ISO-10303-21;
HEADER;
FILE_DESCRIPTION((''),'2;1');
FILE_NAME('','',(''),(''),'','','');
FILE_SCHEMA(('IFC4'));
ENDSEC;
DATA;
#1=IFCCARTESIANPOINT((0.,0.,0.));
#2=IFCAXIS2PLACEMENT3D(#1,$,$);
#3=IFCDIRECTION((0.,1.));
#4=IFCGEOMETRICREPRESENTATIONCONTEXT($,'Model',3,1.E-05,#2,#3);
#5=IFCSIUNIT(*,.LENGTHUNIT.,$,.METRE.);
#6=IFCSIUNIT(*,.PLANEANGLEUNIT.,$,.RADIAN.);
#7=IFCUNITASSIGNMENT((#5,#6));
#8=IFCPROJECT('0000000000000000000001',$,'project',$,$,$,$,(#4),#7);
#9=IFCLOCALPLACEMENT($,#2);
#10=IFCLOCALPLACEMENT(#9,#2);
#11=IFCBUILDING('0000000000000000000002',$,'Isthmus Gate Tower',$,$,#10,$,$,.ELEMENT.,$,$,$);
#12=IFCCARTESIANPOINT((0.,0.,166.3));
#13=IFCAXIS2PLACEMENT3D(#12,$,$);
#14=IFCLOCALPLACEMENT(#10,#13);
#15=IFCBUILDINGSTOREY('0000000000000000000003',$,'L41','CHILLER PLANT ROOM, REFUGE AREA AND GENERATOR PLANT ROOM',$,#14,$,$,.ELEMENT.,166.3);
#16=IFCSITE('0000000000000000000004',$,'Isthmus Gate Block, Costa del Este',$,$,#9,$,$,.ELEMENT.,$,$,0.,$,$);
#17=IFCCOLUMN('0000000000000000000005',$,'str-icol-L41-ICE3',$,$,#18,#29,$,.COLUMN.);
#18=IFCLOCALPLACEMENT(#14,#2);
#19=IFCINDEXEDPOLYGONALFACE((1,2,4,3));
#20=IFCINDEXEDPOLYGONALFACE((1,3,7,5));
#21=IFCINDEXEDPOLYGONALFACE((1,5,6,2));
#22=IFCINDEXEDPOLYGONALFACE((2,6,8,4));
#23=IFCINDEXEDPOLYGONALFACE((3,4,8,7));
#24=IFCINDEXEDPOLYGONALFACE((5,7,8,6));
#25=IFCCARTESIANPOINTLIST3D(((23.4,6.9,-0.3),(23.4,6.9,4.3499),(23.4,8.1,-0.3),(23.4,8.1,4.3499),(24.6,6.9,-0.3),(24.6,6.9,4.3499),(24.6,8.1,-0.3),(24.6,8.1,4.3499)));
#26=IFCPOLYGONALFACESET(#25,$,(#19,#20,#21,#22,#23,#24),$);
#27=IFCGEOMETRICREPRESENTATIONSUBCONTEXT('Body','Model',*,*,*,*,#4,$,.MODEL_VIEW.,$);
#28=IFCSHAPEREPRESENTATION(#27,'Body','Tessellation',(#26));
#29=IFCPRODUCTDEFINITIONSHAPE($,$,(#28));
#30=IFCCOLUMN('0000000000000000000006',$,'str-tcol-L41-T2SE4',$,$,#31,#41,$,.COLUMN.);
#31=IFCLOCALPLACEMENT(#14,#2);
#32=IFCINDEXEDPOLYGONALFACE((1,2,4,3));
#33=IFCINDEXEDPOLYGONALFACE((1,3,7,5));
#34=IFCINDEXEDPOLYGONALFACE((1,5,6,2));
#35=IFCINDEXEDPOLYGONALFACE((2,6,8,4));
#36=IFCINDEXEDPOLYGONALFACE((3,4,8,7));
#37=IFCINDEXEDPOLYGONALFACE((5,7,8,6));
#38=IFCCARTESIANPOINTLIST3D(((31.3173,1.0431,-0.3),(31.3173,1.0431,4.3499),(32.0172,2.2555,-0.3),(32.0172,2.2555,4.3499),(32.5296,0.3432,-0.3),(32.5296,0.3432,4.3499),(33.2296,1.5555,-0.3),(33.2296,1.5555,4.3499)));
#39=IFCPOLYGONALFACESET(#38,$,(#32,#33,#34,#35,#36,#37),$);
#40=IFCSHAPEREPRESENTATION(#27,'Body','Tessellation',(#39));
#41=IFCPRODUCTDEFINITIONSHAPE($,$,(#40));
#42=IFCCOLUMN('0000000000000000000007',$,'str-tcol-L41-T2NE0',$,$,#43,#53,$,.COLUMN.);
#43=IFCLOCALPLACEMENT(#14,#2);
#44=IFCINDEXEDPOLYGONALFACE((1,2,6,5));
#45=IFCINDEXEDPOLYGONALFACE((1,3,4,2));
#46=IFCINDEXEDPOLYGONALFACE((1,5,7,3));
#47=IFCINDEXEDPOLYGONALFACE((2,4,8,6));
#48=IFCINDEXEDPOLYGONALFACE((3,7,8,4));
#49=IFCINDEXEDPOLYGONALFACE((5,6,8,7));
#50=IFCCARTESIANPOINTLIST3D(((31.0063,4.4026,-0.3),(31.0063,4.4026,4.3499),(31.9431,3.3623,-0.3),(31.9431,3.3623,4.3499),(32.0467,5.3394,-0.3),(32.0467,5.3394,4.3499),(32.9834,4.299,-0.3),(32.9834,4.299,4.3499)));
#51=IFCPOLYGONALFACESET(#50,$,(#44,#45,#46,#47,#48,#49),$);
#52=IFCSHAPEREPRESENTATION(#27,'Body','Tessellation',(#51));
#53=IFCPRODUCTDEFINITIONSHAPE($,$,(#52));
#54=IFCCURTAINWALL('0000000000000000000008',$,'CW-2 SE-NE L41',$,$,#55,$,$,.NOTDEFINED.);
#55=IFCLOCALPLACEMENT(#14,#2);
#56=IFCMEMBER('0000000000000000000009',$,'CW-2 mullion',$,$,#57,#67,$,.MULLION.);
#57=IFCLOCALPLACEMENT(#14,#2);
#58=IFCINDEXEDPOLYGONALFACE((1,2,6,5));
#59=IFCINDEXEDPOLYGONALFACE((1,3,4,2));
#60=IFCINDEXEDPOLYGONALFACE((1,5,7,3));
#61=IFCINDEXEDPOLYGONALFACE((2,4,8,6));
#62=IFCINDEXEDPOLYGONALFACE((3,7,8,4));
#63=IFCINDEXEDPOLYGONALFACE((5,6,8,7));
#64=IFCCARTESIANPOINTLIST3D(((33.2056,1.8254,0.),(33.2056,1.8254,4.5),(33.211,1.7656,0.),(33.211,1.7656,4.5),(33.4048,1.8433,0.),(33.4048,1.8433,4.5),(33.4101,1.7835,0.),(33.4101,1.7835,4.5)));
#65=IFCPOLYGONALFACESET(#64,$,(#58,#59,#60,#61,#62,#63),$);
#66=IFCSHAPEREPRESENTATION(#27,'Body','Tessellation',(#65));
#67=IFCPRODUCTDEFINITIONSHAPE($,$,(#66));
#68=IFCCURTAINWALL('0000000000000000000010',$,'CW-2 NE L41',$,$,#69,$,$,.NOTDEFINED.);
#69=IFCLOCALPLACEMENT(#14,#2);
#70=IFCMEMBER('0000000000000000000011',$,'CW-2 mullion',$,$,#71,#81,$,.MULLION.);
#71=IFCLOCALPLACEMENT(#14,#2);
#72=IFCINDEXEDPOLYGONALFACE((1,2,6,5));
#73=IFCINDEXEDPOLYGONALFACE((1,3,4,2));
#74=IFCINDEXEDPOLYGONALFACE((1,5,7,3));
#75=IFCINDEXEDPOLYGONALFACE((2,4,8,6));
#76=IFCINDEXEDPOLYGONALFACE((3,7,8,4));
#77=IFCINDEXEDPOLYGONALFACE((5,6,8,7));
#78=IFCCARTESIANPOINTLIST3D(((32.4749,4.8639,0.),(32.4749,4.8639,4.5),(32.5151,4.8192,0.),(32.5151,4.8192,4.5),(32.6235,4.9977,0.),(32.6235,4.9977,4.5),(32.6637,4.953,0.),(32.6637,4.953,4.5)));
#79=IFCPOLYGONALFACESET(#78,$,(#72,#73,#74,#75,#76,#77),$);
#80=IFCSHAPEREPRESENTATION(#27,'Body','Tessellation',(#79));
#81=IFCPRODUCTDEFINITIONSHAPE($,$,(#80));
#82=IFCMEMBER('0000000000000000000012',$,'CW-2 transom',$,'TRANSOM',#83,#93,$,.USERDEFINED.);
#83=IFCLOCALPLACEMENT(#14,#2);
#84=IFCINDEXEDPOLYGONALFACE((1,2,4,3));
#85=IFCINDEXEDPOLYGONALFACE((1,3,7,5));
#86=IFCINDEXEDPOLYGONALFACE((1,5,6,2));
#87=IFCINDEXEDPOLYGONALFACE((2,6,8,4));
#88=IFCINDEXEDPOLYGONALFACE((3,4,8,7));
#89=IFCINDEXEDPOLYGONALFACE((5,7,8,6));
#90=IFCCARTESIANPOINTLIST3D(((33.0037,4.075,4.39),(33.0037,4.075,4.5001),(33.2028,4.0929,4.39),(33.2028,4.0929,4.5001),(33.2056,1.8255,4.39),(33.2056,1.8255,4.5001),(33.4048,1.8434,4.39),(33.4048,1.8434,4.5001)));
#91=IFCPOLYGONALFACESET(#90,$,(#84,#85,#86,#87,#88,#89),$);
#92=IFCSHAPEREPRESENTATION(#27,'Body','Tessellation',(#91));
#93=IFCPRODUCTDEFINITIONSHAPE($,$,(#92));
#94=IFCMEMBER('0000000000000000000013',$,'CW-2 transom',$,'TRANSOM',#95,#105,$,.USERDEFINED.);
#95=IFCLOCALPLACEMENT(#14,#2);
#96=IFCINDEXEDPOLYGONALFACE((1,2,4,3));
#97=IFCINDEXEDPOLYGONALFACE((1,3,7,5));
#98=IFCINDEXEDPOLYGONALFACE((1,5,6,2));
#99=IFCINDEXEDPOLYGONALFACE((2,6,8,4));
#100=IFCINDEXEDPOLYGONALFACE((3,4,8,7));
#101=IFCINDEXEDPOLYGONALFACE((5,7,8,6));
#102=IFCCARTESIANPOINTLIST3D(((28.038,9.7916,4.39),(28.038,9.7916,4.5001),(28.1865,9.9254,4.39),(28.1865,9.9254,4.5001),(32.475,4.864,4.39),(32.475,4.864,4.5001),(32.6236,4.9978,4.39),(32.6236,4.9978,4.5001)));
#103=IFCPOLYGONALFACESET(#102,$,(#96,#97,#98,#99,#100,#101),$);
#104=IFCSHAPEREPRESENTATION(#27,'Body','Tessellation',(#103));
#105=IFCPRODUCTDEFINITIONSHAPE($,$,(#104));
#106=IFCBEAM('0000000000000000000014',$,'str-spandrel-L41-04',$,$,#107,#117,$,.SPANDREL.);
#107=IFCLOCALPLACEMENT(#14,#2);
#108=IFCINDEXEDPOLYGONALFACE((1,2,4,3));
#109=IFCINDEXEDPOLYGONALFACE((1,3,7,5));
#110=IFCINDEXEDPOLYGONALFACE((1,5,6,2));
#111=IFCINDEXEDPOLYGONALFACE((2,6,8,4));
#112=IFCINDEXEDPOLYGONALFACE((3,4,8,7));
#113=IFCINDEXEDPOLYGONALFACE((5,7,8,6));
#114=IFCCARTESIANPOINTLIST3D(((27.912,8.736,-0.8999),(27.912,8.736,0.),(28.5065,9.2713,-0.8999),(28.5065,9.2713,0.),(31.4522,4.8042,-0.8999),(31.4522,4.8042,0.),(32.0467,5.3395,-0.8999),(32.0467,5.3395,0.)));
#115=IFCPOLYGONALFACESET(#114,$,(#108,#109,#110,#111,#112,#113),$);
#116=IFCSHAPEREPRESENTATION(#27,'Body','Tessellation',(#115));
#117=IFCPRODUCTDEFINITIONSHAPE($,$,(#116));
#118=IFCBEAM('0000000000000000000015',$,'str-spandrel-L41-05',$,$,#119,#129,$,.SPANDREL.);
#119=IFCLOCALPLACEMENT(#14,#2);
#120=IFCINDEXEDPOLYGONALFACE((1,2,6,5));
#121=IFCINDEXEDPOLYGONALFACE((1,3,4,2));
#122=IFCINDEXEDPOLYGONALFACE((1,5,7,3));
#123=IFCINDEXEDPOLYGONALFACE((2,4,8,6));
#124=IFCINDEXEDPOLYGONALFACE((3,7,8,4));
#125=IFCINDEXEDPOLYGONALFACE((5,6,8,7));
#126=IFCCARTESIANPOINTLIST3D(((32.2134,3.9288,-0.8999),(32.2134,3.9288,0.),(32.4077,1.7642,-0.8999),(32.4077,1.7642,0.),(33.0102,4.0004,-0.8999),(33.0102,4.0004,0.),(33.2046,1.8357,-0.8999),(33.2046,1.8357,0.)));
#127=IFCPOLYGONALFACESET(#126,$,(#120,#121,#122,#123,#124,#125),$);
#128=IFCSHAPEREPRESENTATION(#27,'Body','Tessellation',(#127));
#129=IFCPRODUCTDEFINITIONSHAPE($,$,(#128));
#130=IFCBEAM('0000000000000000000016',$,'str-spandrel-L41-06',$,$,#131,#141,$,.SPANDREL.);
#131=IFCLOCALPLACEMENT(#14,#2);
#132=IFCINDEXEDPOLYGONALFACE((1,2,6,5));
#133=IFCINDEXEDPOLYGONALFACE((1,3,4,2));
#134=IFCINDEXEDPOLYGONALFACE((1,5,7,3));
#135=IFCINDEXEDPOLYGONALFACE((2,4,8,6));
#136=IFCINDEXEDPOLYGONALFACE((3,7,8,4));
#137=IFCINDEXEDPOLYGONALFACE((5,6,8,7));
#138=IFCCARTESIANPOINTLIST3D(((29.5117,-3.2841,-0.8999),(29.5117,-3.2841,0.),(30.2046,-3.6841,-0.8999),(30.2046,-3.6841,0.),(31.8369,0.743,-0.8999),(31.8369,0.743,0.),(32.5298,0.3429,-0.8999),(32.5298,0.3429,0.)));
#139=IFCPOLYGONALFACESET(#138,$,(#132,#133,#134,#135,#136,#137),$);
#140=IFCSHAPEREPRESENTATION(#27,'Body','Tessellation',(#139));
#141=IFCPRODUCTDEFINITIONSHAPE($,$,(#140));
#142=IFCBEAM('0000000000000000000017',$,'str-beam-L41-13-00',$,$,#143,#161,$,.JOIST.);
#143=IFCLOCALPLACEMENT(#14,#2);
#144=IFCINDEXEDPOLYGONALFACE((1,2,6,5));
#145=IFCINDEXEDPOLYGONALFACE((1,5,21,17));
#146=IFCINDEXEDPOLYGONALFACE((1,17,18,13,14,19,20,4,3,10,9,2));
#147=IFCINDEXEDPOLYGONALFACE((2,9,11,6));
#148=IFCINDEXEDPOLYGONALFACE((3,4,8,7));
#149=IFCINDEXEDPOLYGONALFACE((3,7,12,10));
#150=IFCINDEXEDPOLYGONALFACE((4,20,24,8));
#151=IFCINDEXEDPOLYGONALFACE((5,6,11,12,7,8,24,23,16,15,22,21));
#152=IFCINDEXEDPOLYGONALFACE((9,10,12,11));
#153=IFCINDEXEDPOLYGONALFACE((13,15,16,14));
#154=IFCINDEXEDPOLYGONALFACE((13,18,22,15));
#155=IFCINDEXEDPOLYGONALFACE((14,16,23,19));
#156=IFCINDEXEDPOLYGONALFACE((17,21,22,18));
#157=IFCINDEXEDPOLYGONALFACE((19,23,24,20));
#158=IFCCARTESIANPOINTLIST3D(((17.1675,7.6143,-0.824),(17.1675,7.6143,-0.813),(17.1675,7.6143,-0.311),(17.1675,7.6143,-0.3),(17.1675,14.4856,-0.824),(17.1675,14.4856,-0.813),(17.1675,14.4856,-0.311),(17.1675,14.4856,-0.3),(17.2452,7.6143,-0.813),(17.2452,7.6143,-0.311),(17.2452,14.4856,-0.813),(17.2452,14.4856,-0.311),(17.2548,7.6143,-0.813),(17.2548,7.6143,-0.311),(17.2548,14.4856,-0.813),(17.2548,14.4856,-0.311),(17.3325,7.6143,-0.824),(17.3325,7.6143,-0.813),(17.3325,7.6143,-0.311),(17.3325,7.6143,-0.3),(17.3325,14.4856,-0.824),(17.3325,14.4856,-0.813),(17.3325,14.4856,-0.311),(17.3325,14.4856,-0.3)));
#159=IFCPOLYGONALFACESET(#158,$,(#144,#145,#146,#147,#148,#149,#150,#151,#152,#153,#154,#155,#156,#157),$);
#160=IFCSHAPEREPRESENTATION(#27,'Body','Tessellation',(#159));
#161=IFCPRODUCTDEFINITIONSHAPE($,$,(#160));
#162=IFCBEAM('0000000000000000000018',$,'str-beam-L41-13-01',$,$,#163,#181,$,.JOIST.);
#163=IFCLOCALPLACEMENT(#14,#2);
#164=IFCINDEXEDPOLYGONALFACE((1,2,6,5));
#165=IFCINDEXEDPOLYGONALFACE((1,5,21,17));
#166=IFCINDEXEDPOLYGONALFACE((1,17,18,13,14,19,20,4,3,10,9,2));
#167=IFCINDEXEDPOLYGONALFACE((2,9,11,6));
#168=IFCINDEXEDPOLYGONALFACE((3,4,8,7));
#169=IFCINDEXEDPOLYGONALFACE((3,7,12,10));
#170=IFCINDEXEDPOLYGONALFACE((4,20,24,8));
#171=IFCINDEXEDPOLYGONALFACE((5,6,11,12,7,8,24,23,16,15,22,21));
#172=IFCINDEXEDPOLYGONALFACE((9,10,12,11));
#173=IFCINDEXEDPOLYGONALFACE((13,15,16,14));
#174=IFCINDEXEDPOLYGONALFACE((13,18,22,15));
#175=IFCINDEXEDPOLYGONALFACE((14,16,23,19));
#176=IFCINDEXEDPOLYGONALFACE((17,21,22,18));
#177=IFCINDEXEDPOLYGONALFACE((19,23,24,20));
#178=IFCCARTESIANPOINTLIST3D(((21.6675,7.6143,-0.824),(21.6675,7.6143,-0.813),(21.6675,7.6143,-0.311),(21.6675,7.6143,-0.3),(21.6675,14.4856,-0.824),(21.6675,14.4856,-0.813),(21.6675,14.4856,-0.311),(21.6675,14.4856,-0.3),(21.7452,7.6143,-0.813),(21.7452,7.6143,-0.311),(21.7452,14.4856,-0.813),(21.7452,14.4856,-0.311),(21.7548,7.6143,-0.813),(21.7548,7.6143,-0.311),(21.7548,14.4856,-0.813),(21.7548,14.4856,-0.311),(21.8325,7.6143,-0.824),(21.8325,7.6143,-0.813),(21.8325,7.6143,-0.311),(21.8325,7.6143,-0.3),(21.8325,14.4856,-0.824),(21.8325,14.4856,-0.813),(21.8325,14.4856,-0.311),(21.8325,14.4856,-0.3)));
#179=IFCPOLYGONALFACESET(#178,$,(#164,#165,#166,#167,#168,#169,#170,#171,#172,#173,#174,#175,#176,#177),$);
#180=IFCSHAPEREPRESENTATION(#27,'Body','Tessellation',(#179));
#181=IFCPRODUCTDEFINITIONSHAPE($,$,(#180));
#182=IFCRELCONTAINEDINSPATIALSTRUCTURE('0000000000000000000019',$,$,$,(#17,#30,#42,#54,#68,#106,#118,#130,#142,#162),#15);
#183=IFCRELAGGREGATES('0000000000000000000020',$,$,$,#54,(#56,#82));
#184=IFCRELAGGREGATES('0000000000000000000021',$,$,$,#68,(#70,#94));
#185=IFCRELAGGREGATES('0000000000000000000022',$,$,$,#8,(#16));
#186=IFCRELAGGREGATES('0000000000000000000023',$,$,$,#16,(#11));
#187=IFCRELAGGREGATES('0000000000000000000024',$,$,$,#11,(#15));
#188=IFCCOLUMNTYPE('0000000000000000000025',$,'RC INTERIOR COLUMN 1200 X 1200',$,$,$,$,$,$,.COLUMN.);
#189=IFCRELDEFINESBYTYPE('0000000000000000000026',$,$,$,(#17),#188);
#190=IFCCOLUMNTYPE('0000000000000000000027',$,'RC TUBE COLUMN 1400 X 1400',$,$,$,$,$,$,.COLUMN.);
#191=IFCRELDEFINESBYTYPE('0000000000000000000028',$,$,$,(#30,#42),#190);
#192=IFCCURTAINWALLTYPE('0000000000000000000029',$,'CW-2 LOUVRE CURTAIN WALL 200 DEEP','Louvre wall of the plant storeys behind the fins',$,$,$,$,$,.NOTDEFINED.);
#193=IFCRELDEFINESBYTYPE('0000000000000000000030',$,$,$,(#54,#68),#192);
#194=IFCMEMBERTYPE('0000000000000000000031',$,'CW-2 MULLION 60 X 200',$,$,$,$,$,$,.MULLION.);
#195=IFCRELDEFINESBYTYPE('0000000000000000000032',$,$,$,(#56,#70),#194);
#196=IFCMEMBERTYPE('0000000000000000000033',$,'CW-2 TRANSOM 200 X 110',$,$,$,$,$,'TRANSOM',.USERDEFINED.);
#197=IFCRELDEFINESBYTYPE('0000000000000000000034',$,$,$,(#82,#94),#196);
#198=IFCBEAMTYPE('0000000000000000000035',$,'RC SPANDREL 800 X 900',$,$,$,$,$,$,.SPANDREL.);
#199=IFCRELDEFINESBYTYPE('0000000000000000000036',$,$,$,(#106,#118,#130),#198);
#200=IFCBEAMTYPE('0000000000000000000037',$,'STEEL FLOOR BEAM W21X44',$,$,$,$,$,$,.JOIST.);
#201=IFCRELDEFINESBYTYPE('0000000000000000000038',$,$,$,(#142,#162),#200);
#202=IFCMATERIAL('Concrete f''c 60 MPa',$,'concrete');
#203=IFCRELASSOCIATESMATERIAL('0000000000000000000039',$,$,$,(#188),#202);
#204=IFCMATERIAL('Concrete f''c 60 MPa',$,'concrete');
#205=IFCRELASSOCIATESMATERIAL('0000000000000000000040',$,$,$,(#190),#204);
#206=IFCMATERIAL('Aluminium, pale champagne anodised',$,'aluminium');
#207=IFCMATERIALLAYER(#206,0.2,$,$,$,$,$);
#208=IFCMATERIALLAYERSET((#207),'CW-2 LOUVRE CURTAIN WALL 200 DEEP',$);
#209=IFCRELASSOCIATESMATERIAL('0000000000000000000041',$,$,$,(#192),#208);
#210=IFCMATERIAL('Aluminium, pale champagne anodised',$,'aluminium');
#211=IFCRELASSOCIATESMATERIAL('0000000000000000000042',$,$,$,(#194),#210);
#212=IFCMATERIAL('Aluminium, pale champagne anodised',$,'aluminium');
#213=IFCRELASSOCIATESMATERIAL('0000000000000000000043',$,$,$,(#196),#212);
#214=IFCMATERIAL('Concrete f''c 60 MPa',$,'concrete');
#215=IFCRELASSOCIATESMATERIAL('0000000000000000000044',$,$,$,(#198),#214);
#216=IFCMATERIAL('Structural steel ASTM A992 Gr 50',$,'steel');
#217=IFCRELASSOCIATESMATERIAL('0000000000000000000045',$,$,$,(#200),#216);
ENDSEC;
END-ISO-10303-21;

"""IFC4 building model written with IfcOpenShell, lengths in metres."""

from ifc_helpers import new_model, si_unit, direction, frame, origin, origin_2d, place, context, subcontext, project, spatial, rectangle, i_section, extrude, material, layer, layer_set, material_profile, profile_set, type_object, element, aggregate, save


model = new_model("IFC4")

# Units and contexts
model_context = context("Model", 3, precision=1e-05, world=origin(), true_north=direction((0.0, 1.0)))
body_context = subcontext(model_context, "Body", "Model", "MODEL_VIEW")
ifc_project = project(units=[si_unit("LENGTHUNIT", "METRE"), si_unit("PLANEANGLEUNIT", "RADIAN")], contexts=[model_context])

# Site, building, storey
site_placement = place(None, origin())
site = spatial("IfcSite", under=ifc_project, at=site_placement, Name="Isthmus Gate Block, Costa del Este", CompositionType="ELEMENT", RefElevation=0.0)
building_placement = place(site_placement, origin())
building = spatial("IfcBuilding", under=site, at=building_placement, Name="Isthmus Gate Tower", CompositionType="ELEMENT")
storey_placement = place(building_placement, frame((0.0, 0.0, 166.3)))
storey = spatial("IfcBuildingStorey", under=building, at=storey_placement, Name="L41", Description="CHILLER PLANT ROOM, REFUGE AREA AND GENERATOR PLANT ROOM", CompositionType="ELEMENT", Elevation=166.3)

# Columns
ifc_material_1 = material(Name="Concrete f'c 60 MPa", Category="concrete")
ifc_material_profile_1 = material_profile(ifc_material_1, rectangle(XDim=1.2, YDim=1.2, at=origin_2d()), Name="RC 1200X1200")
ifc_profile_set_1 = profile_set([ifc_material_profile_1], Name="Concrete f'c 60 MPa")
column_type_1 = type_object("IfcColumnType", Name="RC INTERIOR COLUMN 1200 X 1200", PredefinedType="COLUMN", material=ifc_profile_set_1)
column_placement = place(storey_placement, frame((24.0, 7.5, -0.3), z_axis=(0.0, 0.0, 1.0), x_axis=(1.0, 0.0, 0.0)))
element("IfcColumn", 1, at=column_placement, inside=storey, type_object=column_type_1, Name="str-icol-L41-ICE3", PredefinedType="COLUMN", context=body_context, shape_type="SweptSolid", body=[
    extrude(rectangle(XDim=1.2, YDim=1.2, at=origin_2d()), origin(), (0.0, 0.0, 1.0), 4.6499),
])
ifc_material_2 = material(Name="Concrete f'c 60 MPa", Category="concrete")
ifc_material_profile_2 = material_profile(ifc_material_2, rectangle(XDim=1.3999, YDim=1.3999, at=origin_2d()), Name="RC 1400X1400")
ifc_profile_set_2 = profile_set([ifc_material_profile_2], Name="Concrete f'c 60 MPa")
column_type_2 = type_object("IfcColumnType", Name="RC TUBE COLUMN 1400 X 1400", PredefinedType="COLUMN", material=ifc_profile_set_2)
for number, where, z_axis, x_axis, name in (
    (2, (32.2734, 1.2993, -0.3), (0.0, 0.0, 1.0), (0.5, 0.866025, 0.0), "str-tcol-L41-T2SE4"),
    (3, (31.9949, 4.3508, -0.3), (0.0, 0.0, 1.0), (-0.669131, 0.743145, 0.0), "str-tcol-L41-T2NE0"),
):
    element("IfcColumn", number, at=place(storey_placement, frame(where, z_axis=z_axis, x_axis=x_axis)), inside=storey, type_object=column_type_2, Name=name, PredefinedType="COLUMN", context=body_context, shape_type="SweptSolid", body=[
        extrude(rectangle(XDim=1.3999, YDim=1.3999, at=origin_2d()), origin(), (0.0, 0.0, 1.0), 4.6499),
    ])

# Curtain walls, members
ifc_material_3 = material(Name="Aluminium, pale champagne anodised", Category="aluminium")
ifc_layer_1 = layer(ifc_material_3, 0.2)
ifc_layer_set_1 = layer_set([ifc_layer_1], Name="CW-2 LOUVRE CURTAIN WALL 200 DEEP")
curtain_wall_type = type_object("IfcCurtainWallType", Name="CW-2 LOUVRE CURTAIN WALL 200 DEEP", Description="Louvre wall of the plant storeys behind the fins", PredefinedType="NOTDEFINED", material=ifc_layer_set_1)
curtain_wall_1_placement = place(storey_placement, origin())
curtain_wall_1 = element("IfcCurtainWall", 4, at=curtain_wall_1_placement, inside=storey, type_object=curtain_wall_type, Name="CW-2 SE-NE L41", PredefinedType="NOTDEFINED")
ifc_material_4 = material(Name="Aluminium, pale champagne anodised", Category="aluminium")
ifc_material_profile_3 = material_profile(ifc_material_4, rectangle(XDim=0.0601, YDim=0.2, at=origin_2d()), Name="60x200")
ifc_profile_set_3 = profile_set([ifc_material_profile_3], Name="Aluminium, pale champagne anodised")
member_type_1 = type_object("IfcMemberType", Name="CW-2 MULLION 60 X 200", PredefinedType="MULLION", material=ifc_profile_set_3)
member_1_placement = place(storey_placement, frame((33.3079, 1.8044, 0.0), z_axis=(0.0, 0.0, 1.0), x_axis=(-0.089397, 0.995996, 0.0)))
member_1 = element("IfcMember", 5, at=member_1_placement, type_object=member_type_1, Name="CW-2 mullion", PredefinedType="MULLION", context=body_context, shape_type="SweptSolid", body=[
    extrude(rectangle(XDim=0.0601, YDim=0.2, at=origin_2d()), origin(), (0.0, 0.0, 1.0), 4.5),
])
curtain_wall_2_placement = place(storey_placement, origin())
curtain_wall_2 = element("IfcCurtainWall", 6, at=curtain_wall_2_placement, inside=storey, type_object=curtain_wall_type, Name="CW-2 NE L41", PredefinedType="NOTDEFINED")
member_2_placement = place(storey_placement, frame((32.5693, 4.9084, 0.0), z_axis=(0.0, 0.0, 1.0), x_axis=(-0.669131, 0.743145, 0.0)))
member_2 = element("IfcMember", 7, at=member_2_placement, type_object=member_type_1, Name="CW-2 mullion", PredefinedType="MULLION", context=body_context, shape_type="SweptSolid", body=[
    extrude(rectangle(XDim=0.0601, YDim=0.2, at=origin_2d()), origin(), (0.0, 0.0, 1.0), 4.5),
])

# Members
ifc_material_5 = material(Name="Aluminium, pale champagne anodised", Category="aluminium")
ifc_material_profile_4 = material_profile(ifc_material_5, rectangle(XDim=0.2, YDim=0.1101, at=origin_2d()), Name="200x110")
ifc_profile_set_4 = profile_set([ifc_material_profile_4], Name="Aluminium, pale champagne anodised")
member_type_2 = type_object("IfcMemberType", Name="CW-2 TRANSOM 200 X 110", ElementType="TRANSOM", PredefinedType="USERDEFINED", material=ifc_profile_set_4)
member_3_placement = place(storey_placement, frame((33.3052, 1.8345, 4.4451), z_axis=(-0.089395, 0.995996, 0.0), x_axis=(-0.995996, -0.089395, 0.0)))
member_3 = element("IfcMember", 8, at=member_3_placement, type_object=member_type_2, Name="CW-2 transom", ObjectType="TRANSOM", PredefinedType="USERDEFINED", context=body_context, shape_type="SweptSolid", body=[
    extrude(rectangle(XDim=0.2, YDim=0.1101, at=origin_2d()), origin(), (0.0, 0.0, 1.0), 2.2585),
])
member_4_placement = place(storey_placement, frame((32.5493, 4.9309, 4.4451), z_axis=(-0.669154, 0.743124, 0.0), x_axis=(-0.743124, -0.669154, 0.0)))
member_4 = element("IfcMember", 9, at=member_4_placement, type_object=member_type_2, Name="CW-2 transom", ObjectType="TRANSOM", PredefinedType="USERDEFINED", context=body_context, shape_type="SweptSolid", body=[
    extrude(rectangle(XDim=0.2, YDim=0.1101, at=origin_2d()), origin(), (0.0, 0.0, 1.0), 6.6309),
])

# Beams
ifc_material_6 = material(Name="Concrete f'c 60 MPa", Category="concrete")
ifc_material_profile_5 = material_profile(ifc_material_6, rectangle(XDim=0.8, YDim=0.8999, at=origin_2d()), Name="RC 800X900")
ifc_profile_set_5 = profile_set([ifc_material_profile_5], Name="Concrete f'c 60 MPa")
beam_type_1 = type_object("IfcBeamType", Name="RC SPANDREL 800 X 900", PredefinedType="SPANDREL", material=ifc_profile_set_5)
beam_1_placement = place(storey_placement, frame((28.2092, 9.0037, -0.45), z_axis=(0.66913, -0.743145, 0.0), x_axis=(0.743145, 0.66913, 0.0)))
element("IfcBeam", 10, at=beam_1_placement, inside=storey, type_object=beam_type_1, Name="str-spandrel-L41-04", PredefinedType="SPANDREL", context=body_context, shape_type="SweptSolid", body=[
    extrude(rectangle(XDim=0.8, YDim=0.8999, at=origin_2d()), origin(), (0.0, 0.0, 1.0), 5.2908),
])
beam_2_placement = place(storey_placement, frame((32.6118, 3.9646, -0.45), z_axis=(0.089422, -0.995994, 0.0), x_axis=(0.995994, 0.089422, 0.0)))
element("IfcBeam", 11, at=beam_2_placement, inside=storey, type_object=beam_type_1, Name="str-spandrel-L41-05", PredefinedType="SPANDREL", context=body_context, shape_type="SweptSolid", body=[
    extrude(rectangle(XDim=0.8, YDim=0.8999, at=origin_2d()), origin(), (0.0, 0.0, 1.0), 2.1733),
])
beam_3_placement = place(storey_placement, frame((32.1833, 0.543, -0.45), z_axis=(-0.500024, -0.866012, 0.0), x_axis=(0.866012, -0.500024, 0.0)))
element("IfcBeam", 12, at=beam_3_placement, inside=storey, type_object=beam_type_1, Name="str-spandrel-L41-06", PredefinedType="SPANDREL", context=body_context, shape_type="SweptSolid", body=[
    extrude(rectangle(XDim=0.8, YDim=0.8999, at=origin_2d()), origin(), (0.0, 0.0, 1.0), 4.6501),
])
ifc_material_7 = material(Name="Structural steel ASTM A992 Gr 50", Category="steel")
ifc_material_profile_6 = material_profile(ifc_material_7, i_section(OverallWidth=0.165, OverallDepth=0.5239, WebThickness=0.0095, FlangeThickness=0.011, at=origin_2d()), Name="W21X44")
ifc_profile_set_6 = profile_set([ifc_material_profile_6], Name="Structural steel ASTM A992 Gr 50")
beam_type_2 = type_object("IfcBeamType", Name="STEEL FLOOR BEAM W21X44", PredefinedType="JOIST", material=ifc_profile_set_6)
for number, where, z_axis, x_axis, name in (
    (13, (17.25, 7.6143, -0.562), (0.0, 1.0, 0.0), (-1.0, 0.0, 0.0), "str-beam-L41-13-00"),
    (14, (21.75, 7.6143, -0.562), (0.0, 1.0, 0.0), (-1.0, 0.0, 0.0), "str-beam-L41-13-01"),
):
    element("IfcBeam", number, at=place(storey_placement, frame(where, z_axis=z_axis, x_axis=x_axis)), inside=storey, type_object=beam_type_2, Name=name, PredefinedType="JOIST", context=body_context, shape_type="SweptSolid", body=[
        extrude(i_section(OverallWidth=0.165, OverallDepth=0.5239, WebThickness=0.0095, FlangeThickness=0.011, at=origin_2d()), origin(), (0.0, 0.0, 1.0), 6.8713),
    ])

aggregate(curtain_wall_1, [member_1, member_3])
aggregate(curtain_wall_2, [member_2, member_4])

save(model, "model.ifc")
